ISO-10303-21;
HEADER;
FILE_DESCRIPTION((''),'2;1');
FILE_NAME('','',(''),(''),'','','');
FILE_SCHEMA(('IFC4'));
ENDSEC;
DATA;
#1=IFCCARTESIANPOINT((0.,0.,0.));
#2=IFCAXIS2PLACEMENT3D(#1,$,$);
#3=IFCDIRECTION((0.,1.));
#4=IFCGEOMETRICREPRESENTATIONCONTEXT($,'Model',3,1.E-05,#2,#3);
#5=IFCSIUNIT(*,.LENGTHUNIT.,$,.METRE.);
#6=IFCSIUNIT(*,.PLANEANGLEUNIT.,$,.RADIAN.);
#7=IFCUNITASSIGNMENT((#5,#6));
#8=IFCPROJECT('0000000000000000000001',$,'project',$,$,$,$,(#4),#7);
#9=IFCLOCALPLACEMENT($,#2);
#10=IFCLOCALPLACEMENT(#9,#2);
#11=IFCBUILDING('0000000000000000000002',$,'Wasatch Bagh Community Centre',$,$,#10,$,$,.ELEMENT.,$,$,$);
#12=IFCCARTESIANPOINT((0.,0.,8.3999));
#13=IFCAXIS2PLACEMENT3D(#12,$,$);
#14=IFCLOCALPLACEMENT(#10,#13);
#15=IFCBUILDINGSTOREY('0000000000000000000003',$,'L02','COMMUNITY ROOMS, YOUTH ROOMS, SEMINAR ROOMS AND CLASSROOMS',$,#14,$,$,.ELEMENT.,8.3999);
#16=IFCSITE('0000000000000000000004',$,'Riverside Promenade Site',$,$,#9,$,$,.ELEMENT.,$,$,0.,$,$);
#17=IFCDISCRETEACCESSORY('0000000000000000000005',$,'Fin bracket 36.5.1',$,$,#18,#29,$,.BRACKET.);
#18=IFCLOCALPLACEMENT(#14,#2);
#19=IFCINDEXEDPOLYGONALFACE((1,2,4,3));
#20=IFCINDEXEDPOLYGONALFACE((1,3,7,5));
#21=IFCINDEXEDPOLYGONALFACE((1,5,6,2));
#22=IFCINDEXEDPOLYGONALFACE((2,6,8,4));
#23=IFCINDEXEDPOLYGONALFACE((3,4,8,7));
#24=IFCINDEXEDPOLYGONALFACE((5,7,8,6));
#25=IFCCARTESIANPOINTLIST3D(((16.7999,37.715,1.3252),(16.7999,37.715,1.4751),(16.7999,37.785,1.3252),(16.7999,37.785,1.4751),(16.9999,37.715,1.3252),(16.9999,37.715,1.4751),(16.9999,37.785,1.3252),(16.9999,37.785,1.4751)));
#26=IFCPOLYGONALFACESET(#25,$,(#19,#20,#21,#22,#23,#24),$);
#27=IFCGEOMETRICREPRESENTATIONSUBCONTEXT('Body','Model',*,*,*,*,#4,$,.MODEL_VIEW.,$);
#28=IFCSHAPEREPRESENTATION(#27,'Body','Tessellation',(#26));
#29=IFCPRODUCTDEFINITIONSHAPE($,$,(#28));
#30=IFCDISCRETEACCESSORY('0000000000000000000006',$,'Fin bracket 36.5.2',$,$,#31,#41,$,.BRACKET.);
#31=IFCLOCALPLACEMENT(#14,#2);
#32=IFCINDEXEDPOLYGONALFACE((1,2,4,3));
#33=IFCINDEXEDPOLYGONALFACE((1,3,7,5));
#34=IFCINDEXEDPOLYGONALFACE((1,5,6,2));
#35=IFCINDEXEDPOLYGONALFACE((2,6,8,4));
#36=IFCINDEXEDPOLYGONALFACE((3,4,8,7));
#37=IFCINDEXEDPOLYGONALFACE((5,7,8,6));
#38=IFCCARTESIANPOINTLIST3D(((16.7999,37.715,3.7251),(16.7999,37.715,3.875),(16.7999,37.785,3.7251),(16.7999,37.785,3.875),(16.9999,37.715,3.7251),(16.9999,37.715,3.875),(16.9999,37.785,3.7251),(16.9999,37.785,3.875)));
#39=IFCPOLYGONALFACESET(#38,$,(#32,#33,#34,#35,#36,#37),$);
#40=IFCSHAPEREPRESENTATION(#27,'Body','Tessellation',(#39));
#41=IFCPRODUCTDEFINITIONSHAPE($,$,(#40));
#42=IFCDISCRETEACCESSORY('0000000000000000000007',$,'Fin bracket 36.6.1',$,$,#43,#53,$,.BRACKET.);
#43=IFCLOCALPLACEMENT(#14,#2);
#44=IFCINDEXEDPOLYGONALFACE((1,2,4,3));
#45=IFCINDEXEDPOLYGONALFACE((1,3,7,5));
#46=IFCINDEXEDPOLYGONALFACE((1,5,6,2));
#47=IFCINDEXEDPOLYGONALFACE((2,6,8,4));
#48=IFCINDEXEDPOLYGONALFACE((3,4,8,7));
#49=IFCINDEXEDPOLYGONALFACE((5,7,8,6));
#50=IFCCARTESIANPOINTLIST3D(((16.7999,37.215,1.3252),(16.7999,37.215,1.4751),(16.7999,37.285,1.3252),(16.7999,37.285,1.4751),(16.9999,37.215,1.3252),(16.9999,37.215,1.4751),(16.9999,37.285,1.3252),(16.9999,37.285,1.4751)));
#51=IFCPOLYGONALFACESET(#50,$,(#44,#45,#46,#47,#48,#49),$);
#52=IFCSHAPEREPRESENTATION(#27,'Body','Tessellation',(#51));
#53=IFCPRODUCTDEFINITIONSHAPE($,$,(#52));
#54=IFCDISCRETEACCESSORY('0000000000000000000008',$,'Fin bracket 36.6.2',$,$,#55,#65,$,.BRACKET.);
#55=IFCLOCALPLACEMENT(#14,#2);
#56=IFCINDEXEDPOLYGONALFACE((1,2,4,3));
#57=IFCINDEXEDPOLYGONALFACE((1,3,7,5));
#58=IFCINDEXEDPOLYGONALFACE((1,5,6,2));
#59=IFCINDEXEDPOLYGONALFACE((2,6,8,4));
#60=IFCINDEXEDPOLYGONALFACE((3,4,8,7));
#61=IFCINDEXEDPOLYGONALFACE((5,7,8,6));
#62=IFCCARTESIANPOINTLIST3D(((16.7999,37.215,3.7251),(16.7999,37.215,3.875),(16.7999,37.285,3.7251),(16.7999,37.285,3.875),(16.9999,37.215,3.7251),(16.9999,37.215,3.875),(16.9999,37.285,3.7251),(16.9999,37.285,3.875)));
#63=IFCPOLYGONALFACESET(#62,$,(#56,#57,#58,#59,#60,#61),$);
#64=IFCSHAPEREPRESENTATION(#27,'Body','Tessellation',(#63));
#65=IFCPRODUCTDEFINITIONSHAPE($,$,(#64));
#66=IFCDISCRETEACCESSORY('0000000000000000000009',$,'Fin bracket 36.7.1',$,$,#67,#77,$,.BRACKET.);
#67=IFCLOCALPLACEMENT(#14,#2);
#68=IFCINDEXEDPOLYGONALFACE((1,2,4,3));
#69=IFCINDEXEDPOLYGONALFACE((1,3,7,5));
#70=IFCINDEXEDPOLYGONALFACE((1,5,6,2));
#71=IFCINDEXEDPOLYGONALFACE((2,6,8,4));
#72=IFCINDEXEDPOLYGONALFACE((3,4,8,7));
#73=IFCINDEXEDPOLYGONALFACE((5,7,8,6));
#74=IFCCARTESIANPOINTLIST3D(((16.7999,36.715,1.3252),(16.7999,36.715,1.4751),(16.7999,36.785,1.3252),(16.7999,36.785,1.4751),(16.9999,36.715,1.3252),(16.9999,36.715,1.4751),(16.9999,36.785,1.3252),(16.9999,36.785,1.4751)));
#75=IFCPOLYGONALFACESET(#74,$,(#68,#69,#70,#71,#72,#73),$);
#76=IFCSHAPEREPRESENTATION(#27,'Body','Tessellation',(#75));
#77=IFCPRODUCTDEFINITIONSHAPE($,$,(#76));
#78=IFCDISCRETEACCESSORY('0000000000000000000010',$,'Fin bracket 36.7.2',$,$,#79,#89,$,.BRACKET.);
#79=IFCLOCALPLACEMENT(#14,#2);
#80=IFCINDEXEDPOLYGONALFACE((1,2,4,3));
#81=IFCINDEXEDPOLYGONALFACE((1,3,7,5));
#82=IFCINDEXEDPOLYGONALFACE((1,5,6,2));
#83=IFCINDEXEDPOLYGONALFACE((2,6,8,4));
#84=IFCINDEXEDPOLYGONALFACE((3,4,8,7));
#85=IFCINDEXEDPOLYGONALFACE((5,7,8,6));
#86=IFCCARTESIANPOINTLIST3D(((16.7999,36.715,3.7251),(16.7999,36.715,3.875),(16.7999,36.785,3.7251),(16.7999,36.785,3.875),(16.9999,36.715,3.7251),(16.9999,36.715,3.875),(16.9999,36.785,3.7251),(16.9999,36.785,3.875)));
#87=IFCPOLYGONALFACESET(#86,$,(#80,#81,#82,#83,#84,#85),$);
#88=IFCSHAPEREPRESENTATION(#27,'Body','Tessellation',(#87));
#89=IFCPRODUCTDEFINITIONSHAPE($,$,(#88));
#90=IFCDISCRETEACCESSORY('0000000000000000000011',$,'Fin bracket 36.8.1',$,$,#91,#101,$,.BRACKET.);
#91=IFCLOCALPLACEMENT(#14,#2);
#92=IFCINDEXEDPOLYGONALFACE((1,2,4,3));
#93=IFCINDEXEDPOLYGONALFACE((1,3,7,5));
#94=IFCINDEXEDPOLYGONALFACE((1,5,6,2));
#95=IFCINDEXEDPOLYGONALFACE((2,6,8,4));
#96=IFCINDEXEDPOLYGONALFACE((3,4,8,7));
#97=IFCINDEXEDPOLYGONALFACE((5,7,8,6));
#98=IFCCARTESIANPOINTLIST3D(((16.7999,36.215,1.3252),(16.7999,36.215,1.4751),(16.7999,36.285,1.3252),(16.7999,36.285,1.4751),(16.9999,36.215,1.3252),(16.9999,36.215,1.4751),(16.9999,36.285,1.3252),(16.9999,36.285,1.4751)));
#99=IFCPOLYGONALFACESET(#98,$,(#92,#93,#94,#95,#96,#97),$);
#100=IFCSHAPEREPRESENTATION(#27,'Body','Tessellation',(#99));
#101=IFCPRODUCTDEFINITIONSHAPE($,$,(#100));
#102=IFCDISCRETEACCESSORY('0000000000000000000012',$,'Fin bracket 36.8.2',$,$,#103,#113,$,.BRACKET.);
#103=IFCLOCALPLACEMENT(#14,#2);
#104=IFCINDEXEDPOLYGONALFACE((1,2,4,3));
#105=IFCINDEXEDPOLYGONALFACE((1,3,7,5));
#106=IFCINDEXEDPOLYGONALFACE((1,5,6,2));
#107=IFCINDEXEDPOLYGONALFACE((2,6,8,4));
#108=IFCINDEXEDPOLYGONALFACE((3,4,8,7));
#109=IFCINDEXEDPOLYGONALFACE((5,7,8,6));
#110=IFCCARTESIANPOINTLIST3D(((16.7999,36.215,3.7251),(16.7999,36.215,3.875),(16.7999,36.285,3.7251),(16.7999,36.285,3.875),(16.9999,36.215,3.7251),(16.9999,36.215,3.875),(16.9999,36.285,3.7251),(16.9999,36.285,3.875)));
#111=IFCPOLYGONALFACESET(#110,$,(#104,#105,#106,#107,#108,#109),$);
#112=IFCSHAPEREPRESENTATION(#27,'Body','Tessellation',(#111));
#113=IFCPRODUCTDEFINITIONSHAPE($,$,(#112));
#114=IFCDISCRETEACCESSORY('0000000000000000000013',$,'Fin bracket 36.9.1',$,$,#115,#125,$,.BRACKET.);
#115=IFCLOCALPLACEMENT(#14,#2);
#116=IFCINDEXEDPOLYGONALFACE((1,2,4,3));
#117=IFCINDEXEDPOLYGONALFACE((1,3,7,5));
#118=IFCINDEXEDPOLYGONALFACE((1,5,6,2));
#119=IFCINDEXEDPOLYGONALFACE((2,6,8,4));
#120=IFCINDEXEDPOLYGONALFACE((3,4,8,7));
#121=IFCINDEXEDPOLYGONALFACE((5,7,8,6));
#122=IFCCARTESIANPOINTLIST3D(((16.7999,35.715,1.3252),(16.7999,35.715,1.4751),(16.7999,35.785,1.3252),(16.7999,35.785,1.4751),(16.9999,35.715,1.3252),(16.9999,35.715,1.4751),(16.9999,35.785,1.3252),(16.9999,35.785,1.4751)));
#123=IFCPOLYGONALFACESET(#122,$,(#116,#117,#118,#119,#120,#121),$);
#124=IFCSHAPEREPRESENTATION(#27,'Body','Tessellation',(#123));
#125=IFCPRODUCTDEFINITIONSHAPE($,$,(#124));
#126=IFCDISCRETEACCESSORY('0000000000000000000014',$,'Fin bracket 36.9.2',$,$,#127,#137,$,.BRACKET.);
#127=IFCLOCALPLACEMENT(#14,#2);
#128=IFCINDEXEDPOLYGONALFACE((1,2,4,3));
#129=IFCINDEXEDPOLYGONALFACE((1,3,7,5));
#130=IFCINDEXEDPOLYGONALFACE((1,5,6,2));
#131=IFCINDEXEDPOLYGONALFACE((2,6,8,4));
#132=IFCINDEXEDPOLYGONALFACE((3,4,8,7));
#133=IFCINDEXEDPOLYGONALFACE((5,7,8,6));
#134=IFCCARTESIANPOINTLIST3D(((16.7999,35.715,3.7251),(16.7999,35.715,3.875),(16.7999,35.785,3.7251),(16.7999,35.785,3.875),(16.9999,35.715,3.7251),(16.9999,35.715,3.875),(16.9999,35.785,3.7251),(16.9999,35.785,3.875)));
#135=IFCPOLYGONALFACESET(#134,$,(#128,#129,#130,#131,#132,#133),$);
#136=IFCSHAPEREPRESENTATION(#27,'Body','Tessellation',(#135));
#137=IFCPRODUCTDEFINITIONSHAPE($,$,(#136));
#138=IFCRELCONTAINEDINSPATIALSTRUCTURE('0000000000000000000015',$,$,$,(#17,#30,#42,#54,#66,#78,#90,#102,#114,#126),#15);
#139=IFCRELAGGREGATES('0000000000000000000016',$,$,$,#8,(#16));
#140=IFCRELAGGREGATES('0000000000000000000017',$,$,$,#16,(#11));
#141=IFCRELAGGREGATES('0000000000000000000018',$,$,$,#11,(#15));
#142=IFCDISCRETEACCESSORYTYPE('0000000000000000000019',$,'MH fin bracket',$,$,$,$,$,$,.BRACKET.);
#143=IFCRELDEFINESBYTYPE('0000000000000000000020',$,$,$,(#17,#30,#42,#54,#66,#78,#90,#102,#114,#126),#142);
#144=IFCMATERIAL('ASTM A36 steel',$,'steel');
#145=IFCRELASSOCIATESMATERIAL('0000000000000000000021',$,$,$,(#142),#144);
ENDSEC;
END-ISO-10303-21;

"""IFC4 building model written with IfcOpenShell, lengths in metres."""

from ifc_helpers import new_model, si_unit, direction, frame, origin, origin_2d, place, context, subcontext, project, spatial, rectangle, extrude, material, type_object, element, save


model = new_model("IFC4")

# Units and contexts
model_context = context("Model", 3, precision=1e-05, world=origin(), true_north=direction((0.0, 1.0)))
body_context = subcontext(model_context, "Body", "Model", "MODEL_VIEW")
ifc_project = project(units=[si_unit("LENGTHUNIT", "METRE"), si_unit("PLANEANGLEUNIT", "RADIAN")], contexts=[model_context])

# Site, building, storey
site_placement = place(None, origin())
site = spatial("IfcSite", under=ifc_project, at=site_placement, Name="Riverside Promenade Site", CompositionType="ELEMENT", RefElevation=0.0)
building_placement = place(site_placement, origin())
building = spatial("IfcBuilding", under=site, at=building_placement, Name="Wasatch Bagh Community Centre", CompositionType="ELEMENT")
storey_placement = place(building_placement, frame((0.0, 0.0, 8.3999)))
storey = spatial("IfcBuildingStorey", under=building, at=storey_placement, Name="L02", Description="COMMUNITY ROOMS, YOUTH ROOMS, SEMINAR ROOMS AND CLASSROOMS", CompositionType="ELEMENT", Elevation=8.3999)

# Discrete accessories
ifc_material_1 = material(Name="ASTM A36 steel", Category="steel")
discrete_accessory_type_1 = type_object("IfcDiscreteAccessoryType", Name="MH fin bracket", PredefinedType="BRACKET", material=ifc_material_1)
for number, where, z_axis, x_axis, name in (
    (1, (16.8999, 37.75, 1.3252), (0.0, 0.0, 1.0), (0.0, -1.0, 0.0), "Fin bracket 36.5.1"),
    (2, (16.8999, 37.75, 3.7251), (0.0, 0.0, 1.0), (0.0, -1.0, 0.0), "Fin bracket 36.5.2"),
    (3, (16.8999, 37.25, 1.3252), (0.0, 0.0, 1.0), (0.0, -1.0, 0.0), "Fin bracket 36.6.1"),
    (4, (16.8999, 37.25, 3.7251), (0.0, 0.0, 1.0), (0.0, -1.0, 0.0), "Fin bracket 36.6.2"),
    (5, (16.8999, 36.75, 1.3252), (0.0, 0.0, 1.0), (0.0, -1.0, 0.0), "Fin bracket 36.7.1"),
    (6, (16.8999, 36.75, 3.7251), (0.0, 0.0, 1.0), (0.0, -1.0, 0.0), "Fin bracket 36.7.2"),
    (7, (16.8999, 36.25, 1.3252), (0.0, 0.0, 1.0), (0.0, -1.0, 0.0), "Fin bracket 36.8.1"),
    (8, (16.8999, 36.25, 3.7251), (0.0, 0.0, 1.0), (0.0, -1.0, 0.0), "Fin bracket 36.8.2"),
    (9, (16.8999, 35.75, 1.3252), (0.0, 0.0, 1.0), (0.0, -1.0, 0.0), "Fin bracket 36.9.1"),
    (10, (16.8999, 35.75, 3.7251), (0.0, 0.0, 1.0), (0.0, -1.0, 0.0), "Fin bracket 36.9.2"),
):
    element("IfcDiscreteAccessory", number, at=place(storey_placement, frame(where, z_axis=z_axis, x_axis=x_axis)), inside=storey, type_object=discrete_accessory_type_1, Name=name, PredefinedType="BRACKET", context=body_context, shape_type="SweptSolid", body=[
        extrude(rectangle(XDim=0.0701, YDim=0.2, at=origin_2d()), origin(), (0.0, 0.0, 1.0), 0.1499),
    ])

save(model, "model.ifc")
